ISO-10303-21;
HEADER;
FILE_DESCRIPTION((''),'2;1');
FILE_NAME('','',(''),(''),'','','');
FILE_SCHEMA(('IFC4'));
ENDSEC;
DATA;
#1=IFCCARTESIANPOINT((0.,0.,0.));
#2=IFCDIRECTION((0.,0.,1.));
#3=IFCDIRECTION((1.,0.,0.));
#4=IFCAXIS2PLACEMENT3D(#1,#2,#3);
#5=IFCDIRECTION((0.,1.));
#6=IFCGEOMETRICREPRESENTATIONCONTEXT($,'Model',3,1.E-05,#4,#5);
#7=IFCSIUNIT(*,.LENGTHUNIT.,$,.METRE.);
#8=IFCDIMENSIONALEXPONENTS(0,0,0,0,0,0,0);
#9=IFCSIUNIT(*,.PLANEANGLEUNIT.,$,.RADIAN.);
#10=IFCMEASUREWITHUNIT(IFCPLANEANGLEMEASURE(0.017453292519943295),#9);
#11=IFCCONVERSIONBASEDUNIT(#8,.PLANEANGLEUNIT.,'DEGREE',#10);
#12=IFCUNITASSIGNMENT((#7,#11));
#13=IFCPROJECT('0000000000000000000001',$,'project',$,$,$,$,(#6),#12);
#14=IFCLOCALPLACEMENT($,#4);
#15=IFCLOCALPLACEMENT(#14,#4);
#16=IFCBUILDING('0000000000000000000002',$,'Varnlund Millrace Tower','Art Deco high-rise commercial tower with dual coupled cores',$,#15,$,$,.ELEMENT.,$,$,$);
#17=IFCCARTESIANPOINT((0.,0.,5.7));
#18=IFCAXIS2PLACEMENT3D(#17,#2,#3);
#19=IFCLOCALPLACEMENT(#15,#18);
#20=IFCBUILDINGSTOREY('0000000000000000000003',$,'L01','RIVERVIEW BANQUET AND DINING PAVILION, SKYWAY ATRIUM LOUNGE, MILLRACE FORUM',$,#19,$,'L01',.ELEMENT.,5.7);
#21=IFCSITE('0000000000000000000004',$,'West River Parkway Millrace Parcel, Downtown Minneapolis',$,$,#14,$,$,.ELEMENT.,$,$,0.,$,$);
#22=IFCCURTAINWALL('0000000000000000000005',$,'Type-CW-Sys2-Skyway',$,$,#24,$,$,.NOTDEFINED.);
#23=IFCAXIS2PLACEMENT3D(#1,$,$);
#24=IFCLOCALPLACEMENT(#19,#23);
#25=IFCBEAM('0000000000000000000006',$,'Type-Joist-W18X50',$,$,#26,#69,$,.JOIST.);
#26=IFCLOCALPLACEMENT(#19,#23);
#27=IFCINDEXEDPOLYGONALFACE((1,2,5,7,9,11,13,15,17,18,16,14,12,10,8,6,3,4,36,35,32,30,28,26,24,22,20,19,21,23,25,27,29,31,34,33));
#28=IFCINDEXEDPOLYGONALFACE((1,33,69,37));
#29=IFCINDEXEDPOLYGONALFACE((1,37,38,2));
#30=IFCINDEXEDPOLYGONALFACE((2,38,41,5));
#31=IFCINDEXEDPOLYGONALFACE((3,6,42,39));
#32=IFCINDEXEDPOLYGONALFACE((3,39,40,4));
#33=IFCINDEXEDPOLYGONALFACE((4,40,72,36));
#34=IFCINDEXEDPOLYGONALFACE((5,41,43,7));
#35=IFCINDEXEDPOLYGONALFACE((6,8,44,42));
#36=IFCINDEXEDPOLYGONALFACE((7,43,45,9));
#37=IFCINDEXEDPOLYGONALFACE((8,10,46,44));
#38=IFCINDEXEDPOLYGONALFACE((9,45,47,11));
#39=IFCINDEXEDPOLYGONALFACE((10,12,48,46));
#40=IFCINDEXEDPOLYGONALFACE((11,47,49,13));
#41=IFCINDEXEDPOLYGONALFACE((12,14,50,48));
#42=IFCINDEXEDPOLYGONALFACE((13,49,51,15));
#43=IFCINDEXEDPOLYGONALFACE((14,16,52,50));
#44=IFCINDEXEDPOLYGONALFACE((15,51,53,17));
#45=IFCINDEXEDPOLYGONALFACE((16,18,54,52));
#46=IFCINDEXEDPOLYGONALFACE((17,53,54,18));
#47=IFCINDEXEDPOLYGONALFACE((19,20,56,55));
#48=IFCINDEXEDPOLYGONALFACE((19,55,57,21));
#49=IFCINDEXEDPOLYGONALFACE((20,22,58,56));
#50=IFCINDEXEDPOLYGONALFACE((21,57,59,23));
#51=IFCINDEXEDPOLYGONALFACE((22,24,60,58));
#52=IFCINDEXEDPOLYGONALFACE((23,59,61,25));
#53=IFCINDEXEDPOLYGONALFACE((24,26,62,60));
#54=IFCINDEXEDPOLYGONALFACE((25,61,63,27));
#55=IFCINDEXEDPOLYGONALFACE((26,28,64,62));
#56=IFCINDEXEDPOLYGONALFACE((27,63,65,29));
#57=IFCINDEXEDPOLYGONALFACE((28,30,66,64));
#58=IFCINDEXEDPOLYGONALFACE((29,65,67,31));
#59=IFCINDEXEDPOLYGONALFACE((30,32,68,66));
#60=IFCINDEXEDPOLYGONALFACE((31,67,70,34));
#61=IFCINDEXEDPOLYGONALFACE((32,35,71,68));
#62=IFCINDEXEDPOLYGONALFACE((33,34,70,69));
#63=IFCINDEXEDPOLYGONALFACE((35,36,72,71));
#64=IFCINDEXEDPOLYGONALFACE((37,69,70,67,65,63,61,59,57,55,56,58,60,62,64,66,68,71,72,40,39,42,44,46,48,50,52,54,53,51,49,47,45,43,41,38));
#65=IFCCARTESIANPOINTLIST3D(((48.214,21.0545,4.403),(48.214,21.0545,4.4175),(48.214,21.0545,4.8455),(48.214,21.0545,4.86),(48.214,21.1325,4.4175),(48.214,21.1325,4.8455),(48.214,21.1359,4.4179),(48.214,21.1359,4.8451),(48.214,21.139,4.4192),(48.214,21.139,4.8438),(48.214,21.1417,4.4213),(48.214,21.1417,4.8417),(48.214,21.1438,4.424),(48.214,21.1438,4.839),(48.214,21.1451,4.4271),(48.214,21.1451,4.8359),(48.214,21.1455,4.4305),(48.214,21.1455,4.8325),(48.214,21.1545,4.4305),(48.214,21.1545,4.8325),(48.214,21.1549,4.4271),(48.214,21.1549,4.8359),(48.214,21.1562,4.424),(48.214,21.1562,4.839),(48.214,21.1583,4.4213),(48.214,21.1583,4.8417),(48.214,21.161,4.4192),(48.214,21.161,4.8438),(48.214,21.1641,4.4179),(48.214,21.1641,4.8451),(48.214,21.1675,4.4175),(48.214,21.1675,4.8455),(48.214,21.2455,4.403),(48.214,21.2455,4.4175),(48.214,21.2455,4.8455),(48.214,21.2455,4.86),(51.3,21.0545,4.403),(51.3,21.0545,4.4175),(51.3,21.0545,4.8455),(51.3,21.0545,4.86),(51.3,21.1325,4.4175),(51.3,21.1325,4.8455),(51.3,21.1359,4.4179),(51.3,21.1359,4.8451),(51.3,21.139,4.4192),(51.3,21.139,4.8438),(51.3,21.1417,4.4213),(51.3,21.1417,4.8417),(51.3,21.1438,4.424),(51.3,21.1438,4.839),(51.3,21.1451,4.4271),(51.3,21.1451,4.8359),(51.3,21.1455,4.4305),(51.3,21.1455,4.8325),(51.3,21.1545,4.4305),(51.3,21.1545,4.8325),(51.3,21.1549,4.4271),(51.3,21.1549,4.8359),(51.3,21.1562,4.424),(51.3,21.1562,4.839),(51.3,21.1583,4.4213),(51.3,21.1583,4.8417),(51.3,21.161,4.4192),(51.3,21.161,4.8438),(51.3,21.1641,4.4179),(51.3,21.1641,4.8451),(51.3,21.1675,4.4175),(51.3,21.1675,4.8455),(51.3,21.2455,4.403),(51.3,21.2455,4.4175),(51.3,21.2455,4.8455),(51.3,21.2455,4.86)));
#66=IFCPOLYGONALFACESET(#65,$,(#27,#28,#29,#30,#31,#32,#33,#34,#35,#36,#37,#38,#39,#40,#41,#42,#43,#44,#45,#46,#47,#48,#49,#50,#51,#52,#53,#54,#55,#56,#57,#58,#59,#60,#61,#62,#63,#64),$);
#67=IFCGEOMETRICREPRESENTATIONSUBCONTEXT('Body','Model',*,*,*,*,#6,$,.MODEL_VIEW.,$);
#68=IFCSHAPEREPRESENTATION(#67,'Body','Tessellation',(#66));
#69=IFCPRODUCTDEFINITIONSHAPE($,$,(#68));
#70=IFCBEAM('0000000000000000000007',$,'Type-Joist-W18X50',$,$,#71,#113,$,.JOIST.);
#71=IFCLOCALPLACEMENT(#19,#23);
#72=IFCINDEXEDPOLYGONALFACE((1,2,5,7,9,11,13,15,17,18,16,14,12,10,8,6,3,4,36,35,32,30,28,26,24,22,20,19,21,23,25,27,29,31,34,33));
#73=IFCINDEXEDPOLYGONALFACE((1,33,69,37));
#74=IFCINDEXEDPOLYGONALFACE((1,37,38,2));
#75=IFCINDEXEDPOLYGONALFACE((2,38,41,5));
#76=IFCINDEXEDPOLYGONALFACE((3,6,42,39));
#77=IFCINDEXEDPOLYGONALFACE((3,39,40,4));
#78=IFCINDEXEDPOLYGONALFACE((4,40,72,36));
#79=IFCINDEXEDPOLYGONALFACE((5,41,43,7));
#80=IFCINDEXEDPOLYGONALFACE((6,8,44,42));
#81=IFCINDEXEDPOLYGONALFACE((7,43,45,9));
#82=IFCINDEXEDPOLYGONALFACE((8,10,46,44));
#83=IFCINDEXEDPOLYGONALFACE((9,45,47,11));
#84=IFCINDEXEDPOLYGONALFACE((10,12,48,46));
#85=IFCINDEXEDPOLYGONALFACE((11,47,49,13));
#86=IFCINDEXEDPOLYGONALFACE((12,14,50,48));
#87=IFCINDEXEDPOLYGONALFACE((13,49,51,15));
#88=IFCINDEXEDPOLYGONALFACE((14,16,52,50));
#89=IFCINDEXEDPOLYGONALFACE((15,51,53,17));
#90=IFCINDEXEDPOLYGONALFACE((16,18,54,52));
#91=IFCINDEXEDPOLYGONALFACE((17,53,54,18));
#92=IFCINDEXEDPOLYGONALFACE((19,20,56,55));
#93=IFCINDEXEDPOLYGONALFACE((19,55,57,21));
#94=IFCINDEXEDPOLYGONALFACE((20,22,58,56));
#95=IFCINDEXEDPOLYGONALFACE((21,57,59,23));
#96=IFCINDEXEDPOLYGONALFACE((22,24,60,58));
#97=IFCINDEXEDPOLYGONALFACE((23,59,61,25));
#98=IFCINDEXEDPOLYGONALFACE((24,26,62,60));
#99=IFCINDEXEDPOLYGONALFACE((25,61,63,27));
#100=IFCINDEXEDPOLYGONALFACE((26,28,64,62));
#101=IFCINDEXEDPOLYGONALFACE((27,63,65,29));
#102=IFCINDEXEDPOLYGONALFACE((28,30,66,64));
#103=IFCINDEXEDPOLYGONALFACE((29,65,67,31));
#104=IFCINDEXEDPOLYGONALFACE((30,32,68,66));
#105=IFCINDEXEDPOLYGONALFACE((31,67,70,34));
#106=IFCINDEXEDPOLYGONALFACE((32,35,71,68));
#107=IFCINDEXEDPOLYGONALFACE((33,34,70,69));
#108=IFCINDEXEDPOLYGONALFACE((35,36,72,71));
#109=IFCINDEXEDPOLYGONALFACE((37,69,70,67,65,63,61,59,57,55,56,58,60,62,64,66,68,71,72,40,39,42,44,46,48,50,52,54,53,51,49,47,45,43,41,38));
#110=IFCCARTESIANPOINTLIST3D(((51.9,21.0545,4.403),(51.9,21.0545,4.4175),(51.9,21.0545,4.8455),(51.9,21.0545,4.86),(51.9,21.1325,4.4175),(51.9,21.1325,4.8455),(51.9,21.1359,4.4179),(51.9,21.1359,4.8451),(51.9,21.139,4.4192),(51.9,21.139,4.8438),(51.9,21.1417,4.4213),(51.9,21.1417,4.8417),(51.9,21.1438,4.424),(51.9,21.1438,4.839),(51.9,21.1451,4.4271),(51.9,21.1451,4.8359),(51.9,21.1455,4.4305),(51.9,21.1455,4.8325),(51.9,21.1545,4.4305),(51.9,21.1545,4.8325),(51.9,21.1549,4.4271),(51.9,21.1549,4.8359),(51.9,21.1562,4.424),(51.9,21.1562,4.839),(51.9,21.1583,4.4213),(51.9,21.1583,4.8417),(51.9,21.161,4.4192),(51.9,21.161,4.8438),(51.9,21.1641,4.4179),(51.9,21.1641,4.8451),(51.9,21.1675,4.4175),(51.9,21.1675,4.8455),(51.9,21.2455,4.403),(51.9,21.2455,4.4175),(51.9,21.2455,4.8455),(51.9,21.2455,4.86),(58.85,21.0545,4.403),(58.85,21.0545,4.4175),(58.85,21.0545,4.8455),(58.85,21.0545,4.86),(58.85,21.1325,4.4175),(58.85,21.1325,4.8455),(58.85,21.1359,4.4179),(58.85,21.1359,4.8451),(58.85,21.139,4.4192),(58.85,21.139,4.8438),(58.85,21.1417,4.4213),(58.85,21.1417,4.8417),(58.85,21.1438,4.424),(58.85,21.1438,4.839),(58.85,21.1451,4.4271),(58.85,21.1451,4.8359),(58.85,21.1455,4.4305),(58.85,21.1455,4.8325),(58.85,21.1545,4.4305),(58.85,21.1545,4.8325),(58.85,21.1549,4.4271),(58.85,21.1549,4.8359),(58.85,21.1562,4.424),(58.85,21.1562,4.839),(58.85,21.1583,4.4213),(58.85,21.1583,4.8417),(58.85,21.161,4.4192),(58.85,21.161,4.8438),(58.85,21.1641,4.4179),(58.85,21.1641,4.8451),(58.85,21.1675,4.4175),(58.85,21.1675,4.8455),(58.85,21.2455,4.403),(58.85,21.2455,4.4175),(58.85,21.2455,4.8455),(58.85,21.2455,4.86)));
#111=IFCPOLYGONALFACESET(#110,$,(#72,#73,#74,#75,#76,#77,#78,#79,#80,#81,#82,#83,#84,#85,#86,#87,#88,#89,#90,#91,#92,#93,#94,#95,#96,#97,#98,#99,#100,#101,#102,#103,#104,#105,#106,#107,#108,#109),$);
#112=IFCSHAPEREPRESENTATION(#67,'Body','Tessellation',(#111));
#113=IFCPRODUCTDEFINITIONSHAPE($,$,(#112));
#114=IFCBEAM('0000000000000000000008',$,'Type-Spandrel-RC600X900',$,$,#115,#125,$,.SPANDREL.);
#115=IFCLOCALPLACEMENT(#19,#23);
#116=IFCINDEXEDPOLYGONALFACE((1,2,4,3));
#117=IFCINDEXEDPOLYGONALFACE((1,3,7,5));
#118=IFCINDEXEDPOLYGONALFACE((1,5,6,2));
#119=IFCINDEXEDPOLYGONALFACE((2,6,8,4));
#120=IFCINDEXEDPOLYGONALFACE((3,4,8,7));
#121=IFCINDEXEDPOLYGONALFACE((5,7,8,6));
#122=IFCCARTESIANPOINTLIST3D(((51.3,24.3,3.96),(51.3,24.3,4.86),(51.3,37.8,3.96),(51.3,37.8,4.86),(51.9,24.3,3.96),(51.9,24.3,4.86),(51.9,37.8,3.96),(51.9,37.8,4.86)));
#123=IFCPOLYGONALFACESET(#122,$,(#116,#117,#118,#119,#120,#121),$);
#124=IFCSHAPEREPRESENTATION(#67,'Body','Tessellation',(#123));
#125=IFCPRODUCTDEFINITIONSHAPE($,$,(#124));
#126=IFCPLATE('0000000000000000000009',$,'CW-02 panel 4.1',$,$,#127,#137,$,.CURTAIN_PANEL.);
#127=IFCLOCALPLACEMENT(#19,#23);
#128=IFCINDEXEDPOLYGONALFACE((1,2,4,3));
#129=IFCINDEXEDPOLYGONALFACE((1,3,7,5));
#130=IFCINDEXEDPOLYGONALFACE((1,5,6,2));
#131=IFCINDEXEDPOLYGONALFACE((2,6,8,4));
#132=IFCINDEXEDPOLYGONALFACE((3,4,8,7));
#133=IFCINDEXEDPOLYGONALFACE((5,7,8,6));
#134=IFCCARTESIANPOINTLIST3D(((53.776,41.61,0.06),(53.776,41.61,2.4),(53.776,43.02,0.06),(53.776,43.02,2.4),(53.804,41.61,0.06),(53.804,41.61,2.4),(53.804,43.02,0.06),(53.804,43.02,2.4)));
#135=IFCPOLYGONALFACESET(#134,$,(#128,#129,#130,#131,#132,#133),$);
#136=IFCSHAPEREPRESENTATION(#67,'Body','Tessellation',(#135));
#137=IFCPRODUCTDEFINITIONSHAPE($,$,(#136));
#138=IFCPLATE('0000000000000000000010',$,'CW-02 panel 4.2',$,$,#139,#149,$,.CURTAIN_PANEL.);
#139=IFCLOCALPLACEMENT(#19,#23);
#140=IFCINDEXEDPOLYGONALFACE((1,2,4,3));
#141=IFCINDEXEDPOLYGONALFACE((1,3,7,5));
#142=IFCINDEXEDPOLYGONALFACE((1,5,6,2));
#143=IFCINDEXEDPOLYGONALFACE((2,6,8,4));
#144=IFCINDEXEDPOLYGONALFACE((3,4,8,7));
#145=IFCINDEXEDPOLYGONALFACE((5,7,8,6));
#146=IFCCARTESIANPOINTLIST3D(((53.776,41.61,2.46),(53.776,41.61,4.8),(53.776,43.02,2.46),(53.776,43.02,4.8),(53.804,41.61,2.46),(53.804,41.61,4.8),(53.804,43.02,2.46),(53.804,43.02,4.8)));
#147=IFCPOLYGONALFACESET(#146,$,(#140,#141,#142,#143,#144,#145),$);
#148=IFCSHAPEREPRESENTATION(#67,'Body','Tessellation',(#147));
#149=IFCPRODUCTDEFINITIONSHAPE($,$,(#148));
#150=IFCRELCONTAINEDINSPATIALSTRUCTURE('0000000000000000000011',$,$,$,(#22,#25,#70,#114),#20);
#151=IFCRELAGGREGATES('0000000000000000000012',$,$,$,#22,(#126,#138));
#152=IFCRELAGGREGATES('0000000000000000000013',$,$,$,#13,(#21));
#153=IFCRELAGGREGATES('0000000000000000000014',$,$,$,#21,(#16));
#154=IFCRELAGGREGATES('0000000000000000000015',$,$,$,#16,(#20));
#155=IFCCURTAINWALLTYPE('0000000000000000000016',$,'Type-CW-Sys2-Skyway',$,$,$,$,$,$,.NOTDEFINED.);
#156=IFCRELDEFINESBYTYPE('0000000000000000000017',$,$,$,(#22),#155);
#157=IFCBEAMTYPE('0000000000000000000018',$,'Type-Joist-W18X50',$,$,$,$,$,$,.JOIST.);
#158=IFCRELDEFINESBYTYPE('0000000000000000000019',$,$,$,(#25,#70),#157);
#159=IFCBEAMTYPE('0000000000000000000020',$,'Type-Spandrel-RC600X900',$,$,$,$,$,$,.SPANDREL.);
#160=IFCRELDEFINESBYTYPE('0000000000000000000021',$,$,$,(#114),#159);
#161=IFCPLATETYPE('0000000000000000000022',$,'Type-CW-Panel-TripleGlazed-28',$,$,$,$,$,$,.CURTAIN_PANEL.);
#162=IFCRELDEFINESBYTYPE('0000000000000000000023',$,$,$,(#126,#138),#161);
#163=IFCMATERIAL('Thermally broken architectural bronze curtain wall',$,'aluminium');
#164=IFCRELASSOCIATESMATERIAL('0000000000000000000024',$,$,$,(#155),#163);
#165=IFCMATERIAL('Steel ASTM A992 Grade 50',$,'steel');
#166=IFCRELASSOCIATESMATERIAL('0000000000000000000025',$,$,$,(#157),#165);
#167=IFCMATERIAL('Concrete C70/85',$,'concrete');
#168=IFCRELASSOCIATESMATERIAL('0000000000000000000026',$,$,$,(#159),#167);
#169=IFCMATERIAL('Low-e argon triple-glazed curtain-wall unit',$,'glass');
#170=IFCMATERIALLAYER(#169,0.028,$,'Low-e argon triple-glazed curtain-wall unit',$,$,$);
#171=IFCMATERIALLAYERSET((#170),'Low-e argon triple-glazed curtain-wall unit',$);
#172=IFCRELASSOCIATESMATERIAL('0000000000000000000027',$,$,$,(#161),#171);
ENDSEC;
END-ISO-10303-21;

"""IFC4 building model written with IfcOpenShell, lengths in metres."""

from ifc_helpers import new_model, entity, si_unit, converted_unit, direction, frame, origin_with_axes, origin_2d_with_axis, place, context, subcontext, project, spatial, rectangle, i_section, extrude, material, layer, layer_set, material_profile, profile_set, type_object, element, aggregate, save


model = new_model("IFC4")

# Units and contexts
model_context = context("Model", 3, precision=1e-05, world=origin_with_axes(), true_north=direction((0.0, 1.0)))
body_context = subcontext(model_context, "Body", "Model", "MODEL_VIEW")
ifc_project = project(units=[si_unit("LENGTHUNIT", "METRE"), converted_unit("PLANEANGLEUNIT", "DEGREE", entity("IfcPlaneAngleMeasure", 0.017453292519943295), si_unit("PLANEANGLEUNIT", "RADIAN"), dimensions=[0, 0, 0, 0, 0, 0, 0])], contexts=[model_context])

# Site, building, storey
site_placement = place(None, origin_with_axes())
site = spatial("IfcSite", under=ifc_project, at=site_placement, Name="West River Parkway Millrace Parcel, Downtown Minneapolis", CompositionType="ELEMENT", RefElevation=0.0)
building_placement = place(site_placement, origin_with_axes())
building = spatial("IfcBuilding", under=site, at=building_placement, Name="Varnlund Millrace Tower", Description="Art Deco high-rise commercial tower with dual coupled cores", CompositionType="ELEMENT")
storey_placement = place(building_placement, frame((0.0, 0.0, 5.7), z_axis=(0.0, 0.0, 1.0), x_axis=(1.0, 0.0, 0.0)))
storey = spatial("IfcBuildingStorey", under=building, at=storey_placement, Name="L01", Description="RIVERVIEW BANQUET AND DINING PAVILION, SKYWAY ATRIUM LOUNGE, MILLRACE FORUM", LongName="L01", CompositionType="ELEMENT", Elevation=5.7)

# Curtain wall
ifc_material_1 = material(Name="Thermally broken architectural bronze curtain wall", Category="aluminium")
curtain_wall_type = type_object("IfcCurtainWallType", Name="Type-CW-Sys2-Skyway", PredefinedType="NOTDEFINED", material=ifc_material_1)
curtain_wall_placement = place(storey_placement, frame((53.79, 47.55, 0.0), z_axis=(0.0, 0.0, 1.0), x_axis=(1.0, 0.0, 0.0)))
curtain_wall = element("IfcCurtainWall", 1, at=curtain_wall_placement, inside=storey, type_object=curtain_wall_type, Name="Type-CW-Sys2-Skyway", PredefinedType="NOTDEFINED")

# Beams
ifc_material_2 = material(Name="Steel ASTM A992 Grade 50", Category="steel")
ifc_material_profile_1 = material_profile(ifc_material_2, i_section(OverallWidth=0.191, OverallDepth=0.457, WebThickness=0.009, FlangeThickness=0.0145, FilletRadius=0.013, at=origin_2d_with_axis()), Name="Steel ASTM A992 Grade 50")
ifc_profile_set_1 = profile_set([ifc_material_profile_1], Name="Steel ASTM A992 Grade 50")
beam_type_1 = type_object("IfcBeamType", Name="Type-Joist-W18X50", PredefinedType="JOIST", material=ifc_profile_set_1)
beam_1_placement = place(storey_placement, frame((48.214, 21.15, 4.6315), z_axis=(1.0, 0.0, 0.0), x_axis=(0.0, 1.0, 0.0)))
element("IfcBeam", 2, at=beam_1_placement, inside=storey, type_object=beam_type_1, Name="Type-Joist-W18X50", PredefinedType="JOIST", context=body_context, shape_type="SweptSolid", body=[
    extrude(i_section(OverallWidth=0.191, OverallDepth=0.457, WebThickness=0.009, FlangeThickness=0.0145, FilletRadius=0.013, at=origin_2d_with_axis()), origin_with_axes(), (0.0, 0.0, 1.0), 3.086),
])
beam_2_placement = place(storey_placement, frame((51.9, 21.15, 4.6315), z_axis=(1.0, 0.0, 0.0), x_axis=(0.0, 1.0, 0.0)))
element("IfcBeam", 3, at=beam_2_placement, inside=storey, type_object=beam_type_1, Name="Type-Joist-W18X50", PredefinedType="JOIST", context=body_context, shape_type="SweptSolid", body=[
    extrude(i_section(OverallWidth=0.191, OverallDepth=0.457, WebThickness=0.009, FlangeThickness=0.0145, FilletRadius=0.013, at=origin_2d_with_axis()), origin_with_axes(), (0.0, 0.0, 1.0), 6.95),
])
ifc_material_3 = material(Name="Concrete C70/85", Category="concrete")
ifc_material_profile_2 = material_profile(ifc_material_3, rectangle(XDim=0.6, YDim=0.9, at=origin_2d_with_axis()), Name="Concrete C70/85")
ifc_profile_set_2 = profile_set([ifc_material_profile_2], Name="Concrete C70/85")
beam_type_2 = type_object("IfcBeamType", Name="Type-Spandrel-RC600X900", PredefinedType="SPANDREL", material=ifc_profile_set_2)
beam_3_placement = place(storey_placement, frame((51.6, 24.3, 4.41), z_axis=(0.0, 1.0, 0.0), x_axis=(-1.0, 0.0, 0.0)))
element("IfcBeam", 4, at=beam_3_placement, inside=storey, type_object=beam_type_2, Name="Type-Spandrel-RC600X900", PredefinedType="SPANDREL", context=body_context, shape_type="SweptSolid", body=[
    extrude(rectangle(XDim=0.6, YDim=0.9, at=origin_2d_with_axis()), origin_with_axes(), (0.0, 0.0, 1.0), 13.5),
])

# Plates
ifc_material_4 = material(Name="Low-e argon triple-glazed curtain-wall unit", Category="glass")
ifc_layer_1 = layer(ifc_material_4, 0.028, Name="Low-e argon triple-glazed curtain-wall unit")
ifc_layer_set_1 = layer_set([ifc_layer_1], Name="Low-e argon triple-glazed curtain-wall unit")
plate_type = type_object("IfcPlateType", Name="Type-CW-Panel-TripleGlazed-28", PredefinedType="CURTAIN_PANEL", material=ifc_layer_set_1)
plate_1_placement = place(storey_placement, frame((53.79, 42.315, 0.06), z_axis=(0.0, 0.0, 1.0), x_axis=(0.0, -1.0, 0.0)))
plate_1 = element("IfcPlate", 5, at=plate_1_placement, type_object=plate_type, Name="CW-02 panel 4.1", PredefinedType="CURTAIN_PANEL", context=body_context, shape_type="SweptSolid", body=[
    extrude(rectangle(XDim=1.41, YDim=0.028, at=origin_2d_with_axis()), origin_with_axes(), (0.0, 0.0, 1.0), 2.34),
])
plate_2_placement = place(storey_placement, frame((53.79, 42.315, 2.46), z_axis=(0.0, 0.0, 1.0), x_axis=(0.0, -1.0, 0.0)))
plate_2 = element("IfcPlate", 6, at=plate_2_placement, type_object=plate_type, Name="CW-02 panel 4.2", PredefinedType="CURTAIN_PANEL", context=body_context, shape_type="SweptSolid", body=[
    extrude(rectangle(XDim=1.41, YDim=0.028, at=origin_2d_with_axis()), origin_with_axes(), (0.0, 0.0, 1.0), 2.34),
])
aggregate(curtain_wall, [plate_1, plate_2])

save(model, "model.ifc")
